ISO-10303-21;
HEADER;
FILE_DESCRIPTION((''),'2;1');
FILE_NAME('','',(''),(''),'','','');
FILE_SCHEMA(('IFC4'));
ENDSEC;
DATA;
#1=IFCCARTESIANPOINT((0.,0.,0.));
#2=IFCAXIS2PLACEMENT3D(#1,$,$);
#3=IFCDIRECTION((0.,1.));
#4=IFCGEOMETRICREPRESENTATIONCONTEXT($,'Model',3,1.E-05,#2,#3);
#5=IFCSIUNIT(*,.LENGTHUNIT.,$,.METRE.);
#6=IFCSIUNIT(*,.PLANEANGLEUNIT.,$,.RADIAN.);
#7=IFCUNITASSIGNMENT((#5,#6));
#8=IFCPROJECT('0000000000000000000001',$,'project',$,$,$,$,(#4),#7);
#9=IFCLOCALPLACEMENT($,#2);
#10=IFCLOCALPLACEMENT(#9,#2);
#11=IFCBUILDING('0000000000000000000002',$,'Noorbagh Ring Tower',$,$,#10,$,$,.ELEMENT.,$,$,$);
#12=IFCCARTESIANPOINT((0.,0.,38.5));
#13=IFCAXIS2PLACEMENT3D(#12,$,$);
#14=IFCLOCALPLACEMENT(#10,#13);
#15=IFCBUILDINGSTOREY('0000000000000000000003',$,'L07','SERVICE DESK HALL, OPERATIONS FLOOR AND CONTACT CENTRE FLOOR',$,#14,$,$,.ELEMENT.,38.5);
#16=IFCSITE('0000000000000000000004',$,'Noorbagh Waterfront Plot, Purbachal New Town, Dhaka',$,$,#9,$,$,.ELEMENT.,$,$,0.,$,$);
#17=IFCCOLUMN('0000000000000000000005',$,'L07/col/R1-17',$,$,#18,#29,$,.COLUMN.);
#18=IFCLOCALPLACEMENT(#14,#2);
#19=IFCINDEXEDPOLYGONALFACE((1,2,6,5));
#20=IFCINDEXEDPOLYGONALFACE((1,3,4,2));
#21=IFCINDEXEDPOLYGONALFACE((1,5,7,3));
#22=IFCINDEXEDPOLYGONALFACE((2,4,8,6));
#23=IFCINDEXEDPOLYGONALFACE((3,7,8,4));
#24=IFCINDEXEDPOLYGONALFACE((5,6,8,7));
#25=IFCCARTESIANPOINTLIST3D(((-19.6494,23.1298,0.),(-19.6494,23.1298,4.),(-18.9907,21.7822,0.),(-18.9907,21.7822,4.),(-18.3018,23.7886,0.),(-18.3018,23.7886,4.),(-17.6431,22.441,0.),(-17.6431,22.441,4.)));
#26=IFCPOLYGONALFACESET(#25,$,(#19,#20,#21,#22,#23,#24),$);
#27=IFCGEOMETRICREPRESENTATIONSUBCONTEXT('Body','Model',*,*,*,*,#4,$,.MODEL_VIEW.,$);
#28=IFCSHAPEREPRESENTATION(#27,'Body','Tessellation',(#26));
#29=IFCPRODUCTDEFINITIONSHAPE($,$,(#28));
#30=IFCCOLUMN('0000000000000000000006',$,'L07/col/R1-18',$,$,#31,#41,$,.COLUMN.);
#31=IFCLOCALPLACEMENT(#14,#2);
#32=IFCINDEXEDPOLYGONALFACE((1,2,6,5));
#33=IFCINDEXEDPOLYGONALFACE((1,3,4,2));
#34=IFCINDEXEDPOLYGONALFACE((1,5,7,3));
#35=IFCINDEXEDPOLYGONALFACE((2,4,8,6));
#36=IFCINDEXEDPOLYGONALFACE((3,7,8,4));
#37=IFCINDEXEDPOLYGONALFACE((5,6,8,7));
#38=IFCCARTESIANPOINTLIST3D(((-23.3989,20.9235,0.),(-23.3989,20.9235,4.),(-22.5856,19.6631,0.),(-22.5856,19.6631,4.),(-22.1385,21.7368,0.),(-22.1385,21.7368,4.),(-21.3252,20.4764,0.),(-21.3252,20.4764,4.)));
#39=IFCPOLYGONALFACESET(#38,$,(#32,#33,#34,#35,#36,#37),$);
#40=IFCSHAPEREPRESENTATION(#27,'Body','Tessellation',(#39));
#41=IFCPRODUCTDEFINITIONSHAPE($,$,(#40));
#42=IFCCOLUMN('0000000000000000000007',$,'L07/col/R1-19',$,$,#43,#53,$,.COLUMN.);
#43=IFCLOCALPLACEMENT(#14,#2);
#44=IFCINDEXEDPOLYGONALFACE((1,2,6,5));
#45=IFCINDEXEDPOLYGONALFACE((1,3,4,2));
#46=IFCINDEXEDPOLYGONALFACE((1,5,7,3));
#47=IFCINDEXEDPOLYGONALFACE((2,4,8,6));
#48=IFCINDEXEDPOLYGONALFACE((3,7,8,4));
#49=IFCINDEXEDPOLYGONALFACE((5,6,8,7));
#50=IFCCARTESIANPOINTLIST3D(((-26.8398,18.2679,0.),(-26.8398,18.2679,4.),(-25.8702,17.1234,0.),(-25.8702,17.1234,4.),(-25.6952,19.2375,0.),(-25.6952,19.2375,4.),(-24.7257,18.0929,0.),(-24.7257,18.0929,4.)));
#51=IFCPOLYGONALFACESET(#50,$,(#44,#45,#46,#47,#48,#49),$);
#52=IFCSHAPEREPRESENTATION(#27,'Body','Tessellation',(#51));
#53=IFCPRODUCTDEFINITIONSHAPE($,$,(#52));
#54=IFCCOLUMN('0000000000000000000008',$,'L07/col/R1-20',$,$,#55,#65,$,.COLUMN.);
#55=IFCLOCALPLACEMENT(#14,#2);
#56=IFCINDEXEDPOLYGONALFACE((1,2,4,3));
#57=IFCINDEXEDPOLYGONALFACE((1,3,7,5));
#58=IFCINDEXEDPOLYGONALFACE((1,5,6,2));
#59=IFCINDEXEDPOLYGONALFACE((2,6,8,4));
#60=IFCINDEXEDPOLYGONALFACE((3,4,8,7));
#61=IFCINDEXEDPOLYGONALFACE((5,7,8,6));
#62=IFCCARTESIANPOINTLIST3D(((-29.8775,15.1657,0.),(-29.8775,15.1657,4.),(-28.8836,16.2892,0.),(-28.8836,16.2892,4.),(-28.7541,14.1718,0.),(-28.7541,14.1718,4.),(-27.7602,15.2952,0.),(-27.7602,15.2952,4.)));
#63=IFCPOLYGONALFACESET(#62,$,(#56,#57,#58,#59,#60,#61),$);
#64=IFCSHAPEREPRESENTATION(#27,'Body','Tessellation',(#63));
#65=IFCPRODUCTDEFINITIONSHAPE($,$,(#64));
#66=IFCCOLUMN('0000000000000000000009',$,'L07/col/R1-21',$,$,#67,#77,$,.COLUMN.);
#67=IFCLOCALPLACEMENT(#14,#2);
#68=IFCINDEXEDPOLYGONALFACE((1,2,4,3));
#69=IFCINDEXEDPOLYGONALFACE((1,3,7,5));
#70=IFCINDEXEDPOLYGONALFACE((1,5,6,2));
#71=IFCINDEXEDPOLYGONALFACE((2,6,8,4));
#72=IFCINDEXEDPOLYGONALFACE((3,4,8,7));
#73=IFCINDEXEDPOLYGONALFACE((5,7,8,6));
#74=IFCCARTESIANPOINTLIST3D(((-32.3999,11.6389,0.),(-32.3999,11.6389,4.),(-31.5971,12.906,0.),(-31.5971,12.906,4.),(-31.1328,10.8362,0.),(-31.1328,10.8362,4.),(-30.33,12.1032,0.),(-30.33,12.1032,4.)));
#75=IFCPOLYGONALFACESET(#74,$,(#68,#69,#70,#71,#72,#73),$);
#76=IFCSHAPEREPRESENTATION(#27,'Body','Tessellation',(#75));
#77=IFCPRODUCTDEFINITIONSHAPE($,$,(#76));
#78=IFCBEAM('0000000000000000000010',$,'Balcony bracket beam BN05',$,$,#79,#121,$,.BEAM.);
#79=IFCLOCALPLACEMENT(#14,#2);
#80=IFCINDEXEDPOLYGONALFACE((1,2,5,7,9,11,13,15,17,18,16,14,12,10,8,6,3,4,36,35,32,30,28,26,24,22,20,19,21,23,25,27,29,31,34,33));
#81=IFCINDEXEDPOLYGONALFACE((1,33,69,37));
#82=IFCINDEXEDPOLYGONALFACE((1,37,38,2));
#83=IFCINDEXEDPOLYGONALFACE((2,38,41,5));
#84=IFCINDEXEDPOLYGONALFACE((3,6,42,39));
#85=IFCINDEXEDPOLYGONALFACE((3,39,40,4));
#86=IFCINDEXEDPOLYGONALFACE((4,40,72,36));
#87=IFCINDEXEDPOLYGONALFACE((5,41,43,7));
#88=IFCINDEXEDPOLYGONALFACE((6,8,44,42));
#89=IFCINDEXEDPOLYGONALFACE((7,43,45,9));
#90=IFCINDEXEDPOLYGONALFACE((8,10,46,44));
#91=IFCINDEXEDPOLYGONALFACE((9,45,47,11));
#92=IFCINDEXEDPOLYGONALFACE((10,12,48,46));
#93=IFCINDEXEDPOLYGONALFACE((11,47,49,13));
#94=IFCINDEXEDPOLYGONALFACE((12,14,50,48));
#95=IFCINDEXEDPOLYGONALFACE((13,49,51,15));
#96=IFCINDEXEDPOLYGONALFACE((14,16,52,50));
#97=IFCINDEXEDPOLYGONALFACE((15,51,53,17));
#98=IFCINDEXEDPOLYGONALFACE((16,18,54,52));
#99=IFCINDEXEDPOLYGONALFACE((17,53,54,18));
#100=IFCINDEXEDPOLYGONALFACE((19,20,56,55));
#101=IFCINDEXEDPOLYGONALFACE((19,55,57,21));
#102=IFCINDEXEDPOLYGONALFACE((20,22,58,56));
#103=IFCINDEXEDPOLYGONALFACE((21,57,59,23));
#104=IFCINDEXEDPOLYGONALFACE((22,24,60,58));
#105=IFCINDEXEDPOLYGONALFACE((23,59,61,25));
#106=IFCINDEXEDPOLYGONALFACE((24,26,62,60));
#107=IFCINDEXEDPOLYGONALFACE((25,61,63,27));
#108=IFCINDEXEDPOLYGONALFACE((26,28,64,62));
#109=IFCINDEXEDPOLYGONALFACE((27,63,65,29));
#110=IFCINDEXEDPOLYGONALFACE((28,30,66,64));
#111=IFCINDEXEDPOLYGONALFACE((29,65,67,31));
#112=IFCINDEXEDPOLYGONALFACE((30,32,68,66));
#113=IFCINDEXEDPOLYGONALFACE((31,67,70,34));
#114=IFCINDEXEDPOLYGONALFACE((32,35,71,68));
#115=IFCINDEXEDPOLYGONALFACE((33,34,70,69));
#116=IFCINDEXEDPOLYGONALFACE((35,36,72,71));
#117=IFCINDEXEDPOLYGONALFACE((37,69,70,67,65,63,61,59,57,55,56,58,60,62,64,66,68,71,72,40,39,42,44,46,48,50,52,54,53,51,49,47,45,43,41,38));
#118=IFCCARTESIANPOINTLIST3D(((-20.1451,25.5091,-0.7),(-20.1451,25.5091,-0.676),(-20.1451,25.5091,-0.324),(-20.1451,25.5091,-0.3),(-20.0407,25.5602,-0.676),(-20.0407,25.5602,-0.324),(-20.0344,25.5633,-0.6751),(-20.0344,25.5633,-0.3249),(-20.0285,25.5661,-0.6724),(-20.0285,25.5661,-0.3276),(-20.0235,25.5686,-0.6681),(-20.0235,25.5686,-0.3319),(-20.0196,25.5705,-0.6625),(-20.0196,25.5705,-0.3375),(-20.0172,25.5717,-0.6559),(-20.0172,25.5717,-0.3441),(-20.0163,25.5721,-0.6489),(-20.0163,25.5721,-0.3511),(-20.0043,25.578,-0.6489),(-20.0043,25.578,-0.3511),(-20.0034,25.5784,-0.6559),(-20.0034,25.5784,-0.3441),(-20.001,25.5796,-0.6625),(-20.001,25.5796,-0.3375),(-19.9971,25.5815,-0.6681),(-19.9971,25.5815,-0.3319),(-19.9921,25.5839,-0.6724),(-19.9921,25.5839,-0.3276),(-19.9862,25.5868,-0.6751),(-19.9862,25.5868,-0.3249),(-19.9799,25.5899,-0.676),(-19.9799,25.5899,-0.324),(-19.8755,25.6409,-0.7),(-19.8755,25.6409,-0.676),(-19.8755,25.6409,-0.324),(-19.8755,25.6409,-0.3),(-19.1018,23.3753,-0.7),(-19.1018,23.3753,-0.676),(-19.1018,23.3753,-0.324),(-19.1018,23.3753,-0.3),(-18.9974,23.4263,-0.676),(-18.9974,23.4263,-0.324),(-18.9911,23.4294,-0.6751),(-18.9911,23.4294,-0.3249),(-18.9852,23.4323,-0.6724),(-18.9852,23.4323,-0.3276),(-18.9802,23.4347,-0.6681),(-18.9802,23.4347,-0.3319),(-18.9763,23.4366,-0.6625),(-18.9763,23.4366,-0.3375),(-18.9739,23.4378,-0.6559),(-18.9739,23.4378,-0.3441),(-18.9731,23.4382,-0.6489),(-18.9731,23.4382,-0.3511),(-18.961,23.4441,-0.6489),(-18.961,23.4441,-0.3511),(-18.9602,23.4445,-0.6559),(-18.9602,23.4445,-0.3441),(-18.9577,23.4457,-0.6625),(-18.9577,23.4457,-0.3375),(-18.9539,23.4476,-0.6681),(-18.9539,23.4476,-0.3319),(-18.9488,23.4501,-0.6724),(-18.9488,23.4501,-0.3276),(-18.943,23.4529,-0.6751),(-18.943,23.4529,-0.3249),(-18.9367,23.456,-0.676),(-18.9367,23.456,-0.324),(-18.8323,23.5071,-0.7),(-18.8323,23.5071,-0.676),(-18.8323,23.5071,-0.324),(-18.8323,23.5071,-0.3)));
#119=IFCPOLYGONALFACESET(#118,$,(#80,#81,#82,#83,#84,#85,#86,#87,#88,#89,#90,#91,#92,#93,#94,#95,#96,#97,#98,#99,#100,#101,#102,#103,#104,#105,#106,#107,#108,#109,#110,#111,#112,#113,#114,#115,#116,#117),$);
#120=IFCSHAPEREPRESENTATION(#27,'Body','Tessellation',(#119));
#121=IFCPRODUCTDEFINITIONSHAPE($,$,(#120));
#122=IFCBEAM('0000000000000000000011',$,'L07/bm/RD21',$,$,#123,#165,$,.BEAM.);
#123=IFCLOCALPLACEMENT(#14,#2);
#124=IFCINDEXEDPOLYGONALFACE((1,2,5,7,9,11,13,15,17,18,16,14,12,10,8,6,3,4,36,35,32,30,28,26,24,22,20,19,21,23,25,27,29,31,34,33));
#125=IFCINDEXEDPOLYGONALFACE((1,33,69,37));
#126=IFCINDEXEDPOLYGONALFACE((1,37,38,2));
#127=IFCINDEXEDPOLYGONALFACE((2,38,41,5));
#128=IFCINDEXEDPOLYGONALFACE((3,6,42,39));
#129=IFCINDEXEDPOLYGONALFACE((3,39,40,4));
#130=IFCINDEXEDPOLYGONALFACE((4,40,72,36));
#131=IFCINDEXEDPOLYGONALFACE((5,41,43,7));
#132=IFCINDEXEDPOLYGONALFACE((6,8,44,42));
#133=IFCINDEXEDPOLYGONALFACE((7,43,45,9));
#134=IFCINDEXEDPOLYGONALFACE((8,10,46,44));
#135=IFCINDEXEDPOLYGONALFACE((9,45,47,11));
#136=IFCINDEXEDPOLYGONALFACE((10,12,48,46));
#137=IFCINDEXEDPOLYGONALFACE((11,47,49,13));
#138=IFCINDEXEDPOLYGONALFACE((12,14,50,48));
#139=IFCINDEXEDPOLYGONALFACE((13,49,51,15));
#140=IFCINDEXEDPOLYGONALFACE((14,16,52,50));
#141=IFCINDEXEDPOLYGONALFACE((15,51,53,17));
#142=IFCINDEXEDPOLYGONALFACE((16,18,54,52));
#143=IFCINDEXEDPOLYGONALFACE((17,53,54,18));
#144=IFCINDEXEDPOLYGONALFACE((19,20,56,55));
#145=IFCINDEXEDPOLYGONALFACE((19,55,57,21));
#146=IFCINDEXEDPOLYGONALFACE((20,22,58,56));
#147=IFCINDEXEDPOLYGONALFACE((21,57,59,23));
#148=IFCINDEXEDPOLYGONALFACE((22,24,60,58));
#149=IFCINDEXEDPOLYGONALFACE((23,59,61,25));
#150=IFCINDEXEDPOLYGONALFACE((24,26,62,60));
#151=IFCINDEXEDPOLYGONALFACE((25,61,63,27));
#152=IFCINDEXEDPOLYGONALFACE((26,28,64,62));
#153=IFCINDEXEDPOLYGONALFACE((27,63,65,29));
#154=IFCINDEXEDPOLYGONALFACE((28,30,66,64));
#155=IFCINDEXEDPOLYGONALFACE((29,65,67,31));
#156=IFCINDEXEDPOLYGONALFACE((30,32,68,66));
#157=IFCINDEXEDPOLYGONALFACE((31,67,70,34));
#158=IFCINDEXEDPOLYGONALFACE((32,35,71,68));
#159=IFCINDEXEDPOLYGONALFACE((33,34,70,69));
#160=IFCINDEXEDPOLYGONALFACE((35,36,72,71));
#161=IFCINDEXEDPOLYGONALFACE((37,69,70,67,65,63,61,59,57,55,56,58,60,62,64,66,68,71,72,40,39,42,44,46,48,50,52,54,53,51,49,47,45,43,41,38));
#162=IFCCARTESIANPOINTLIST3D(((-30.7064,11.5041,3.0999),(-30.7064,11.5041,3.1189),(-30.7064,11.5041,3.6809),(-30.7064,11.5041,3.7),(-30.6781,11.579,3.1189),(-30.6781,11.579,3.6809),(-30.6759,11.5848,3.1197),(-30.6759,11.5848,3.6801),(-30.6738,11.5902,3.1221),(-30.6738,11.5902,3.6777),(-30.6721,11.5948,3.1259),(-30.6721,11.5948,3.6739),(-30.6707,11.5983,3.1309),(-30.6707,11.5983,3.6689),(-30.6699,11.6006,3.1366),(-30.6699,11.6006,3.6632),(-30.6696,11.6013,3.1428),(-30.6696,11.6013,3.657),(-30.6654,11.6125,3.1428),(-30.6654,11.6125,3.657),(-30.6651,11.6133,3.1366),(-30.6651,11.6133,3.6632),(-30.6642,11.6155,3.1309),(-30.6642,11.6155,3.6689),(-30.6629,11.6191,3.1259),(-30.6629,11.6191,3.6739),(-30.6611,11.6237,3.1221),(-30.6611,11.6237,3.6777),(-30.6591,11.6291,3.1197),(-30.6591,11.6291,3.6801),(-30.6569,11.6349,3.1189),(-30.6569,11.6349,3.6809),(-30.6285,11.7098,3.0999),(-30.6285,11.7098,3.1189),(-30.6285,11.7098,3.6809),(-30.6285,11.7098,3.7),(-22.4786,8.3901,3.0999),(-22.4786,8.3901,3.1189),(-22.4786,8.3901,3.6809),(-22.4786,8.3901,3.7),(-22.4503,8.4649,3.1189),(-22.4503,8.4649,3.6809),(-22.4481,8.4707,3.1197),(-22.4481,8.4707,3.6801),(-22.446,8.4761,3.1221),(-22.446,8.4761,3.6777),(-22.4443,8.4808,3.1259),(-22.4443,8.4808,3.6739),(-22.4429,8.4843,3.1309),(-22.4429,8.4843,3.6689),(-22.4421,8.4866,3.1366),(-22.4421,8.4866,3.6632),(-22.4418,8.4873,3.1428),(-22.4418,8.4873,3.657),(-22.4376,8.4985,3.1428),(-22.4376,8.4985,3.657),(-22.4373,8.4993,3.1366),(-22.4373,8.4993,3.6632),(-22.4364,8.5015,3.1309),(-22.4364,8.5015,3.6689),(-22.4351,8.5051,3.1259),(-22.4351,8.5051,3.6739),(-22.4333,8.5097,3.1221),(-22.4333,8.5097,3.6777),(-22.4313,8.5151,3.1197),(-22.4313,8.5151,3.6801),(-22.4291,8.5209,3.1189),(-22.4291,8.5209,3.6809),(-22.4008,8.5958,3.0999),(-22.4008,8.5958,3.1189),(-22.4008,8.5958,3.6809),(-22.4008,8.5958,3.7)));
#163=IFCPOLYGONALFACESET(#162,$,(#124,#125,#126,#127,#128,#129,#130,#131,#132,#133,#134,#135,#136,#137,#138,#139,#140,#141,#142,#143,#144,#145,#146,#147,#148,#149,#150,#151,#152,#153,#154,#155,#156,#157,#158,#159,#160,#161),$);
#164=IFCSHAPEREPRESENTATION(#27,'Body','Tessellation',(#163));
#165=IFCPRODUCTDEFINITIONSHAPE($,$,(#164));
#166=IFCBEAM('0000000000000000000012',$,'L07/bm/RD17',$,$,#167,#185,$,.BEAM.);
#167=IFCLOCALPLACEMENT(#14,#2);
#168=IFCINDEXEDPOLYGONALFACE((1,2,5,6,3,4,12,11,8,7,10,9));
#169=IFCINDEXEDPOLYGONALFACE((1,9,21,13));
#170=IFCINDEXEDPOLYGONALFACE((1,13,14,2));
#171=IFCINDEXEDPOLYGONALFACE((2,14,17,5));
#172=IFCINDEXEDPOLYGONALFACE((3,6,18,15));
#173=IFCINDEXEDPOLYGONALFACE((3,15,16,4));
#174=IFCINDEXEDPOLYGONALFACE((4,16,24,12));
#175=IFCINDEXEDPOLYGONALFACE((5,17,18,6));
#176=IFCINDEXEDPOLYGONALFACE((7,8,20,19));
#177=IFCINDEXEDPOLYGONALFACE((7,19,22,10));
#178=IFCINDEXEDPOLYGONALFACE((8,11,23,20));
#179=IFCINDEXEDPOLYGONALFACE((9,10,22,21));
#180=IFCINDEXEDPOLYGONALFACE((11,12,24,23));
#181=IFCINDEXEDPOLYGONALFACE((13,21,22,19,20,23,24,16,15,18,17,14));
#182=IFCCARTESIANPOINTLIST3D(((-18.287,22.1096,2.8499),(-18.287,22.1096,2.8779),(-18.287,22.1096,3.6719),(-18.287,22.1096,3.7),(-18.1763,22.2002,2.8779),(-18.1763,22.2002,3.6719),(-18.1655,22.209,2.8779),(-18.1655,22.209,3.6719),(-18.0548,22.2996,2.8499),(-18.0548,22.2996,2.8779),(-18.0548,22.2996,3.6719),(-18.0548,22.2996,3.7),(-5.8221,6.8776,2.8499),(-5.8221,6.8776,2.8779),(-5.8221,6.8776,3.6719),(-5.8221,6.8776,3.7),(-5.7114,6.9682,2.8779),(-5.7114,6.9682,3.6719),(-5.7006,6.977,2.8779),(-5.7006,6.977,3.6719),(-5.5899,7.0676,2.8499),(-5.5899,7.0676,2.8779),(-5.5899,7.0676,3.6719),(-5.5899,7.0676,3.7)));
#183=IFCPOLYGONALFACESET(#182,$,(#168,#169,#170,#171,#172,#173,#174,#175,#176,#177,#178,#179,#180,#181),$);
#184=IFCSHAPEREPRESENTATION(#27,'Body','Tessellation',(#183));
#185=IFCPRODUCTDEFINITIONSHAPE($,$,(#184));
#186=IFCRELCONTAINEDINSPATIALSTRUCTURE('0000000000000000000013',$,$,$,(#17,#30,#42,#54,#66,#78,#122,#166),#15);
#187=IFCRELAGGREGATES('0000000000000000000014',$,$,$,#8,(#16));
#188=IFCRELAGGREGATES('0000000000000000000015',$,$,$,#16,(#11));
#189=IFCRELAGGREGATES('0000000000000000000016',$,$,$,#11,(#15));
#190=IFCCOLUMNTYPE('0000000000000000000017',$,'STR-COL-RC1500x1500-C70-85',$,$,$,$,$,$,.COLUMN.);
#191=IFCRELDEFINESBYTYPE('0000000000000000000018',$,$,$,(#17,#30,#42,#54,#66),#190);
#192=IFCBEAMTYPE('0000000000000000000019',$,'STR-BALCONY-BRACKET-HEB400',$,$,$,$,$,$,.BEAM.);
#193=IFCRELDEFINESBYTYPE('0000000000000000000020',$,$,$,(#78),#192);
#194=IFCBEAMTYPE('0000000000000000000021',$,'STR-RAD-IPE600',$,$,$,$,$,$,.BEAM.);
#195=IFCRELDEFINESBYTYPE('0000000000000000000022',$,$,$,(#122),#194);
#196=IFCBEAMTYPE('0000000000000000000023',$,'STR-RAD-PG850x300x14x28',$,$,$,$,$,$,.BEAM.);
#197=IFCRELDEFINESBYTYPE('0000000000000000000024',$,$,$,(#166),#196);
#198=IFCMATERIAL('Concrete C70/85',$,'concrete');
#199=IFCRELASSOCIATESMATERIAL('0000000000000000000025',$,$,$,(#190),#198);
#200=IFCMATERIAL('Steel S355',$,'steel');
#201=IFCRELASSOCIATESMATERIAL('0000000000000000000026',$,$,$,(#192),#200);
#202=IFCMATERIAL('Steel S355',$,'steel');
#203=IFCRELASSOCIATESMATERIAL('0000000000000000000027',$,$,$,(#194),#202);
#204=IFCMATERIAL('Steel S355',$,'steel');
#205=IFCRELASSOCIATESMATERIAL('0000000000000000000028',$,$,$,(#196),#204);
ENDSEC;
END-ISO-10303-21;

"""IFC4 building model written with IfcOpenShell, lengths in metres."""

from ifc_helpers import new_model, si_unit, direction, frame, origin, origin_2d, place, context, subcontext, project, spatial, rectangle, i_section, extrude, material, material_profile, profile_set, type_object, element, save


model = new_model("IFC4")

# Units and contexts
model_context = context("Model", 3, precision=1e-05, world=origin(), true_north=direction((0.0, 1.0)))
body_context = subcontext(model_context, "Body", "Model", "MODEL_VIEW")
ifc_project = project(units=[si_unit("LENGTHUNIT", "METRE"), si_unit("PLANEANGLEUNIT", "RADIAN")], contexts=[model_context])

# Site, building, storey
site_placement = place(None, origin())
site = spatial("IfcSite", under=ifc_project, at=site_placement, Name="Noorbagh Waterfront Plot, Purbachal New Town, Dhaka", CompositionType="ELEMENT", RefElevation=0.0)
building_placement = place(site_placement, origin())
building = spatial("IfcBuilding", under=site, at=building_placement, Name="Noorbagh Ring Tower", CompositionType="ELEMENT")
storey_placement = place(building_placement, frame((0.0, 0.0, 38.5)))
storey = spatial("IfcBuildingStorey", under=building, at=storey_placement, Name="L07", Description="SERVICE DESK HALL, OPERATIONS FLOOR AND CONTACT CENTRE FLOOR", CompositionType="ELEMENT", Elevation=38.5)

# Columns
ifc_material_1 = material(Name="Concrete C70/85", Category="concrete")
ifc_material_profile_1 = material_profile(ifc_material_1, rectangle(XDim=1.5, YDim=1.5, at=origin_2d()), Name="RC1500x1500")
ifc_profile_set_1 = profile_set([ifc_material_profile_1], Name="Concrete C70/85")
column_type = type_object("IfcColumnType", Name="STR-COL-RC1500x1500-C70-85", PredefinedType="COLUMN", material=ifc_profile_set_1)
for number, where, z_axis, x_axis, name in (
    (1, (-18.6462, 22.7854, 0.0), (0.0, 0.0, 1.0), (-0.898399, -0.43918, 0.0), "L07/col/R1-17"),
    (2, (-22.3621, 20.7, 0.0), (0.0, 0.0, 1.0), (-0.840248, -0.542203, 0.0), "L07/col/R1-18"),
    (3, (-25.7827, 18.1804, 0.0), (0.0, 0.0, 1.0), (-0.763035, -0.646357, 0.0), "L07/col/R1-19"),
    (4, (-28.8188, 15.2305, 0.0), (0.0, 0.0, 1.0), (-0.662636, -0.748942, 0.0), "L07/col/R1-20"),
    (5, (-31.365, 11.8711, 0.0), (0.0, 0.0, 1.0), (-0.53519, -0.844731, 0.0), "L07/col/R1-21"),
):
    element("IfcColumn", number, at=place(storey_placement, frame(where, z_axis=z_axis, x_axis=x_axis)), inside=storey, type_object=column_type, Name=name, PredefinedType="COLUMN", context=body_context, shape_type="SweptSolid", body=[
        extrude(rectangle(XDim=1.5, YDim=1.5, at=origin_2d()), origin(), (0.0, 0.0, 1.0), 4.0),
    ])

# Beams
ifc_material_2 = material(Name="Steel S355", Category="steel")
ifc_material_profile_2 = material_profile(ifc_material_2, i_section(OverallWidth=0.3, OverallDepth=0.3999, WebThickness=0.0134, FlangeThickness=0.0239, FilletRadius=0.0271, at=origin_2d()), Name="HEB400")
ifc_profile_set_2 = profile_set([ifc_material_profile_2], Name="Steel S355")
beam_type_1 = type_object("IfcBeamType", Name="STR-BALCONY-BRACKET-HEB400", PredefinedType="BEAM", material=ifc_profile_set_2)
beam_1_placement = place(storey_placement, frame((-18.967, 23.4412, -0.5), z_axis=(-0.439219, 0.89838, 0.0), x_axis=(-0.89838, -0.439219, 0.0)))
element("IfcBeam", 6, at=beam_1_placement, inside=storey, type_object=beam_type_1, Name="Balcony bracket beam BN05", PredefinedType="BEAM", context=body_context, shape_type="SweptSolid", body=[
    extrude(i_section(OverallWidth=0.3, OverallDepth=0.3999, WebThickness=0.0134, FlangeThickness=0.0239, FilletRadius=0.0271, at=origin_2d()), origin(), (0.0, 0.0, 1.0), 2.3752),
])
ifc_material_3 = material(Name="Steel S355", Category="steel")
ifc_material_profile_3 = material_profile(ifc_material_3, i_section(OverallWidth=0.22, OverallDepth=0.6001, WebThickness=0.012, FlangeThickness=0.019, FilletRadius=0.0239, at=origin_2d()), Name="IPE600")
ifc_profile_set_3 = profile_set([ifc_material_profile_3], Name="Steel S355")
beam_type_2 = type_object("IfcBeamType", Name="STR-RAD-IPE600", PredefinedType="BEAM", material=ifc_profile_set_3)
beam_2_placement = place(storey_placement, frame((-30.6675, 11.6069, 3.3999), z_axis=(0.935256, -0.353971, 0.0), x_axis=(0.353971, 0.935256, 0.0)))
element("IfcBeam", 7, at=beam_2_placement, inside=storey, type_object=beam_type_2, Name="L07/bm/RD21", PredefinedType="BEAM", context=body_context, shape_type="SweptSolid", body=[
    extrude(i_section(OverallWidth=0.22, OverallDepth=0.6001, WebThickness=0.012, FlangeThickness=0.019, FilletRadius=0.0239, at=origin_2d()), origin(), (0.0, 0.0, 1.0), 8.7974),
])
ifc_material_4 = material(Name="Steel S355", Category="steel")
ifc_material_profile_4 = material_profile(ifc_material_4, i_section(OverallWidth=0.3, OverallDepth=0.8501, WebThickness=0.0139, FlangeThickness=0.0281, at=origin_2d()), Name="PG850x300x14x28")
ifc_profile_set_4 = profile_set([ifc_material_profile_4], Name="Steel S355")
beam_type_3 = type_object("IfcBeamType", Name="STR-RAD-PG850x300x14x28", PredefinedType="BEAM", material=ifc_profile_set_4)
beam_3_placement = place(storey_placement, frame((-18.1709, 22.2046, 3.2749), z_axis=(0.633309, -0.773899, 0.0), x_axis=(0.773899, 0.633309, 0.0)))
element("IfcBeam", 8, at=beam_3_placement, inside=storey, type_object=beam_type_3, Name="L07/bm/RD17", PredefinedType="BEAM", context=body_context, shape_type="SweptSolid", body=[
    extrude(i_section(OverallWidth=0.3, OverallDepth=0.8501, WebThickness=0.0139, FlangeThickness=0.0281, at=origin_2d()), origin(), (0.0, 0.0, 1.0), 19.6821),
])

save(model, "model.ifc")
